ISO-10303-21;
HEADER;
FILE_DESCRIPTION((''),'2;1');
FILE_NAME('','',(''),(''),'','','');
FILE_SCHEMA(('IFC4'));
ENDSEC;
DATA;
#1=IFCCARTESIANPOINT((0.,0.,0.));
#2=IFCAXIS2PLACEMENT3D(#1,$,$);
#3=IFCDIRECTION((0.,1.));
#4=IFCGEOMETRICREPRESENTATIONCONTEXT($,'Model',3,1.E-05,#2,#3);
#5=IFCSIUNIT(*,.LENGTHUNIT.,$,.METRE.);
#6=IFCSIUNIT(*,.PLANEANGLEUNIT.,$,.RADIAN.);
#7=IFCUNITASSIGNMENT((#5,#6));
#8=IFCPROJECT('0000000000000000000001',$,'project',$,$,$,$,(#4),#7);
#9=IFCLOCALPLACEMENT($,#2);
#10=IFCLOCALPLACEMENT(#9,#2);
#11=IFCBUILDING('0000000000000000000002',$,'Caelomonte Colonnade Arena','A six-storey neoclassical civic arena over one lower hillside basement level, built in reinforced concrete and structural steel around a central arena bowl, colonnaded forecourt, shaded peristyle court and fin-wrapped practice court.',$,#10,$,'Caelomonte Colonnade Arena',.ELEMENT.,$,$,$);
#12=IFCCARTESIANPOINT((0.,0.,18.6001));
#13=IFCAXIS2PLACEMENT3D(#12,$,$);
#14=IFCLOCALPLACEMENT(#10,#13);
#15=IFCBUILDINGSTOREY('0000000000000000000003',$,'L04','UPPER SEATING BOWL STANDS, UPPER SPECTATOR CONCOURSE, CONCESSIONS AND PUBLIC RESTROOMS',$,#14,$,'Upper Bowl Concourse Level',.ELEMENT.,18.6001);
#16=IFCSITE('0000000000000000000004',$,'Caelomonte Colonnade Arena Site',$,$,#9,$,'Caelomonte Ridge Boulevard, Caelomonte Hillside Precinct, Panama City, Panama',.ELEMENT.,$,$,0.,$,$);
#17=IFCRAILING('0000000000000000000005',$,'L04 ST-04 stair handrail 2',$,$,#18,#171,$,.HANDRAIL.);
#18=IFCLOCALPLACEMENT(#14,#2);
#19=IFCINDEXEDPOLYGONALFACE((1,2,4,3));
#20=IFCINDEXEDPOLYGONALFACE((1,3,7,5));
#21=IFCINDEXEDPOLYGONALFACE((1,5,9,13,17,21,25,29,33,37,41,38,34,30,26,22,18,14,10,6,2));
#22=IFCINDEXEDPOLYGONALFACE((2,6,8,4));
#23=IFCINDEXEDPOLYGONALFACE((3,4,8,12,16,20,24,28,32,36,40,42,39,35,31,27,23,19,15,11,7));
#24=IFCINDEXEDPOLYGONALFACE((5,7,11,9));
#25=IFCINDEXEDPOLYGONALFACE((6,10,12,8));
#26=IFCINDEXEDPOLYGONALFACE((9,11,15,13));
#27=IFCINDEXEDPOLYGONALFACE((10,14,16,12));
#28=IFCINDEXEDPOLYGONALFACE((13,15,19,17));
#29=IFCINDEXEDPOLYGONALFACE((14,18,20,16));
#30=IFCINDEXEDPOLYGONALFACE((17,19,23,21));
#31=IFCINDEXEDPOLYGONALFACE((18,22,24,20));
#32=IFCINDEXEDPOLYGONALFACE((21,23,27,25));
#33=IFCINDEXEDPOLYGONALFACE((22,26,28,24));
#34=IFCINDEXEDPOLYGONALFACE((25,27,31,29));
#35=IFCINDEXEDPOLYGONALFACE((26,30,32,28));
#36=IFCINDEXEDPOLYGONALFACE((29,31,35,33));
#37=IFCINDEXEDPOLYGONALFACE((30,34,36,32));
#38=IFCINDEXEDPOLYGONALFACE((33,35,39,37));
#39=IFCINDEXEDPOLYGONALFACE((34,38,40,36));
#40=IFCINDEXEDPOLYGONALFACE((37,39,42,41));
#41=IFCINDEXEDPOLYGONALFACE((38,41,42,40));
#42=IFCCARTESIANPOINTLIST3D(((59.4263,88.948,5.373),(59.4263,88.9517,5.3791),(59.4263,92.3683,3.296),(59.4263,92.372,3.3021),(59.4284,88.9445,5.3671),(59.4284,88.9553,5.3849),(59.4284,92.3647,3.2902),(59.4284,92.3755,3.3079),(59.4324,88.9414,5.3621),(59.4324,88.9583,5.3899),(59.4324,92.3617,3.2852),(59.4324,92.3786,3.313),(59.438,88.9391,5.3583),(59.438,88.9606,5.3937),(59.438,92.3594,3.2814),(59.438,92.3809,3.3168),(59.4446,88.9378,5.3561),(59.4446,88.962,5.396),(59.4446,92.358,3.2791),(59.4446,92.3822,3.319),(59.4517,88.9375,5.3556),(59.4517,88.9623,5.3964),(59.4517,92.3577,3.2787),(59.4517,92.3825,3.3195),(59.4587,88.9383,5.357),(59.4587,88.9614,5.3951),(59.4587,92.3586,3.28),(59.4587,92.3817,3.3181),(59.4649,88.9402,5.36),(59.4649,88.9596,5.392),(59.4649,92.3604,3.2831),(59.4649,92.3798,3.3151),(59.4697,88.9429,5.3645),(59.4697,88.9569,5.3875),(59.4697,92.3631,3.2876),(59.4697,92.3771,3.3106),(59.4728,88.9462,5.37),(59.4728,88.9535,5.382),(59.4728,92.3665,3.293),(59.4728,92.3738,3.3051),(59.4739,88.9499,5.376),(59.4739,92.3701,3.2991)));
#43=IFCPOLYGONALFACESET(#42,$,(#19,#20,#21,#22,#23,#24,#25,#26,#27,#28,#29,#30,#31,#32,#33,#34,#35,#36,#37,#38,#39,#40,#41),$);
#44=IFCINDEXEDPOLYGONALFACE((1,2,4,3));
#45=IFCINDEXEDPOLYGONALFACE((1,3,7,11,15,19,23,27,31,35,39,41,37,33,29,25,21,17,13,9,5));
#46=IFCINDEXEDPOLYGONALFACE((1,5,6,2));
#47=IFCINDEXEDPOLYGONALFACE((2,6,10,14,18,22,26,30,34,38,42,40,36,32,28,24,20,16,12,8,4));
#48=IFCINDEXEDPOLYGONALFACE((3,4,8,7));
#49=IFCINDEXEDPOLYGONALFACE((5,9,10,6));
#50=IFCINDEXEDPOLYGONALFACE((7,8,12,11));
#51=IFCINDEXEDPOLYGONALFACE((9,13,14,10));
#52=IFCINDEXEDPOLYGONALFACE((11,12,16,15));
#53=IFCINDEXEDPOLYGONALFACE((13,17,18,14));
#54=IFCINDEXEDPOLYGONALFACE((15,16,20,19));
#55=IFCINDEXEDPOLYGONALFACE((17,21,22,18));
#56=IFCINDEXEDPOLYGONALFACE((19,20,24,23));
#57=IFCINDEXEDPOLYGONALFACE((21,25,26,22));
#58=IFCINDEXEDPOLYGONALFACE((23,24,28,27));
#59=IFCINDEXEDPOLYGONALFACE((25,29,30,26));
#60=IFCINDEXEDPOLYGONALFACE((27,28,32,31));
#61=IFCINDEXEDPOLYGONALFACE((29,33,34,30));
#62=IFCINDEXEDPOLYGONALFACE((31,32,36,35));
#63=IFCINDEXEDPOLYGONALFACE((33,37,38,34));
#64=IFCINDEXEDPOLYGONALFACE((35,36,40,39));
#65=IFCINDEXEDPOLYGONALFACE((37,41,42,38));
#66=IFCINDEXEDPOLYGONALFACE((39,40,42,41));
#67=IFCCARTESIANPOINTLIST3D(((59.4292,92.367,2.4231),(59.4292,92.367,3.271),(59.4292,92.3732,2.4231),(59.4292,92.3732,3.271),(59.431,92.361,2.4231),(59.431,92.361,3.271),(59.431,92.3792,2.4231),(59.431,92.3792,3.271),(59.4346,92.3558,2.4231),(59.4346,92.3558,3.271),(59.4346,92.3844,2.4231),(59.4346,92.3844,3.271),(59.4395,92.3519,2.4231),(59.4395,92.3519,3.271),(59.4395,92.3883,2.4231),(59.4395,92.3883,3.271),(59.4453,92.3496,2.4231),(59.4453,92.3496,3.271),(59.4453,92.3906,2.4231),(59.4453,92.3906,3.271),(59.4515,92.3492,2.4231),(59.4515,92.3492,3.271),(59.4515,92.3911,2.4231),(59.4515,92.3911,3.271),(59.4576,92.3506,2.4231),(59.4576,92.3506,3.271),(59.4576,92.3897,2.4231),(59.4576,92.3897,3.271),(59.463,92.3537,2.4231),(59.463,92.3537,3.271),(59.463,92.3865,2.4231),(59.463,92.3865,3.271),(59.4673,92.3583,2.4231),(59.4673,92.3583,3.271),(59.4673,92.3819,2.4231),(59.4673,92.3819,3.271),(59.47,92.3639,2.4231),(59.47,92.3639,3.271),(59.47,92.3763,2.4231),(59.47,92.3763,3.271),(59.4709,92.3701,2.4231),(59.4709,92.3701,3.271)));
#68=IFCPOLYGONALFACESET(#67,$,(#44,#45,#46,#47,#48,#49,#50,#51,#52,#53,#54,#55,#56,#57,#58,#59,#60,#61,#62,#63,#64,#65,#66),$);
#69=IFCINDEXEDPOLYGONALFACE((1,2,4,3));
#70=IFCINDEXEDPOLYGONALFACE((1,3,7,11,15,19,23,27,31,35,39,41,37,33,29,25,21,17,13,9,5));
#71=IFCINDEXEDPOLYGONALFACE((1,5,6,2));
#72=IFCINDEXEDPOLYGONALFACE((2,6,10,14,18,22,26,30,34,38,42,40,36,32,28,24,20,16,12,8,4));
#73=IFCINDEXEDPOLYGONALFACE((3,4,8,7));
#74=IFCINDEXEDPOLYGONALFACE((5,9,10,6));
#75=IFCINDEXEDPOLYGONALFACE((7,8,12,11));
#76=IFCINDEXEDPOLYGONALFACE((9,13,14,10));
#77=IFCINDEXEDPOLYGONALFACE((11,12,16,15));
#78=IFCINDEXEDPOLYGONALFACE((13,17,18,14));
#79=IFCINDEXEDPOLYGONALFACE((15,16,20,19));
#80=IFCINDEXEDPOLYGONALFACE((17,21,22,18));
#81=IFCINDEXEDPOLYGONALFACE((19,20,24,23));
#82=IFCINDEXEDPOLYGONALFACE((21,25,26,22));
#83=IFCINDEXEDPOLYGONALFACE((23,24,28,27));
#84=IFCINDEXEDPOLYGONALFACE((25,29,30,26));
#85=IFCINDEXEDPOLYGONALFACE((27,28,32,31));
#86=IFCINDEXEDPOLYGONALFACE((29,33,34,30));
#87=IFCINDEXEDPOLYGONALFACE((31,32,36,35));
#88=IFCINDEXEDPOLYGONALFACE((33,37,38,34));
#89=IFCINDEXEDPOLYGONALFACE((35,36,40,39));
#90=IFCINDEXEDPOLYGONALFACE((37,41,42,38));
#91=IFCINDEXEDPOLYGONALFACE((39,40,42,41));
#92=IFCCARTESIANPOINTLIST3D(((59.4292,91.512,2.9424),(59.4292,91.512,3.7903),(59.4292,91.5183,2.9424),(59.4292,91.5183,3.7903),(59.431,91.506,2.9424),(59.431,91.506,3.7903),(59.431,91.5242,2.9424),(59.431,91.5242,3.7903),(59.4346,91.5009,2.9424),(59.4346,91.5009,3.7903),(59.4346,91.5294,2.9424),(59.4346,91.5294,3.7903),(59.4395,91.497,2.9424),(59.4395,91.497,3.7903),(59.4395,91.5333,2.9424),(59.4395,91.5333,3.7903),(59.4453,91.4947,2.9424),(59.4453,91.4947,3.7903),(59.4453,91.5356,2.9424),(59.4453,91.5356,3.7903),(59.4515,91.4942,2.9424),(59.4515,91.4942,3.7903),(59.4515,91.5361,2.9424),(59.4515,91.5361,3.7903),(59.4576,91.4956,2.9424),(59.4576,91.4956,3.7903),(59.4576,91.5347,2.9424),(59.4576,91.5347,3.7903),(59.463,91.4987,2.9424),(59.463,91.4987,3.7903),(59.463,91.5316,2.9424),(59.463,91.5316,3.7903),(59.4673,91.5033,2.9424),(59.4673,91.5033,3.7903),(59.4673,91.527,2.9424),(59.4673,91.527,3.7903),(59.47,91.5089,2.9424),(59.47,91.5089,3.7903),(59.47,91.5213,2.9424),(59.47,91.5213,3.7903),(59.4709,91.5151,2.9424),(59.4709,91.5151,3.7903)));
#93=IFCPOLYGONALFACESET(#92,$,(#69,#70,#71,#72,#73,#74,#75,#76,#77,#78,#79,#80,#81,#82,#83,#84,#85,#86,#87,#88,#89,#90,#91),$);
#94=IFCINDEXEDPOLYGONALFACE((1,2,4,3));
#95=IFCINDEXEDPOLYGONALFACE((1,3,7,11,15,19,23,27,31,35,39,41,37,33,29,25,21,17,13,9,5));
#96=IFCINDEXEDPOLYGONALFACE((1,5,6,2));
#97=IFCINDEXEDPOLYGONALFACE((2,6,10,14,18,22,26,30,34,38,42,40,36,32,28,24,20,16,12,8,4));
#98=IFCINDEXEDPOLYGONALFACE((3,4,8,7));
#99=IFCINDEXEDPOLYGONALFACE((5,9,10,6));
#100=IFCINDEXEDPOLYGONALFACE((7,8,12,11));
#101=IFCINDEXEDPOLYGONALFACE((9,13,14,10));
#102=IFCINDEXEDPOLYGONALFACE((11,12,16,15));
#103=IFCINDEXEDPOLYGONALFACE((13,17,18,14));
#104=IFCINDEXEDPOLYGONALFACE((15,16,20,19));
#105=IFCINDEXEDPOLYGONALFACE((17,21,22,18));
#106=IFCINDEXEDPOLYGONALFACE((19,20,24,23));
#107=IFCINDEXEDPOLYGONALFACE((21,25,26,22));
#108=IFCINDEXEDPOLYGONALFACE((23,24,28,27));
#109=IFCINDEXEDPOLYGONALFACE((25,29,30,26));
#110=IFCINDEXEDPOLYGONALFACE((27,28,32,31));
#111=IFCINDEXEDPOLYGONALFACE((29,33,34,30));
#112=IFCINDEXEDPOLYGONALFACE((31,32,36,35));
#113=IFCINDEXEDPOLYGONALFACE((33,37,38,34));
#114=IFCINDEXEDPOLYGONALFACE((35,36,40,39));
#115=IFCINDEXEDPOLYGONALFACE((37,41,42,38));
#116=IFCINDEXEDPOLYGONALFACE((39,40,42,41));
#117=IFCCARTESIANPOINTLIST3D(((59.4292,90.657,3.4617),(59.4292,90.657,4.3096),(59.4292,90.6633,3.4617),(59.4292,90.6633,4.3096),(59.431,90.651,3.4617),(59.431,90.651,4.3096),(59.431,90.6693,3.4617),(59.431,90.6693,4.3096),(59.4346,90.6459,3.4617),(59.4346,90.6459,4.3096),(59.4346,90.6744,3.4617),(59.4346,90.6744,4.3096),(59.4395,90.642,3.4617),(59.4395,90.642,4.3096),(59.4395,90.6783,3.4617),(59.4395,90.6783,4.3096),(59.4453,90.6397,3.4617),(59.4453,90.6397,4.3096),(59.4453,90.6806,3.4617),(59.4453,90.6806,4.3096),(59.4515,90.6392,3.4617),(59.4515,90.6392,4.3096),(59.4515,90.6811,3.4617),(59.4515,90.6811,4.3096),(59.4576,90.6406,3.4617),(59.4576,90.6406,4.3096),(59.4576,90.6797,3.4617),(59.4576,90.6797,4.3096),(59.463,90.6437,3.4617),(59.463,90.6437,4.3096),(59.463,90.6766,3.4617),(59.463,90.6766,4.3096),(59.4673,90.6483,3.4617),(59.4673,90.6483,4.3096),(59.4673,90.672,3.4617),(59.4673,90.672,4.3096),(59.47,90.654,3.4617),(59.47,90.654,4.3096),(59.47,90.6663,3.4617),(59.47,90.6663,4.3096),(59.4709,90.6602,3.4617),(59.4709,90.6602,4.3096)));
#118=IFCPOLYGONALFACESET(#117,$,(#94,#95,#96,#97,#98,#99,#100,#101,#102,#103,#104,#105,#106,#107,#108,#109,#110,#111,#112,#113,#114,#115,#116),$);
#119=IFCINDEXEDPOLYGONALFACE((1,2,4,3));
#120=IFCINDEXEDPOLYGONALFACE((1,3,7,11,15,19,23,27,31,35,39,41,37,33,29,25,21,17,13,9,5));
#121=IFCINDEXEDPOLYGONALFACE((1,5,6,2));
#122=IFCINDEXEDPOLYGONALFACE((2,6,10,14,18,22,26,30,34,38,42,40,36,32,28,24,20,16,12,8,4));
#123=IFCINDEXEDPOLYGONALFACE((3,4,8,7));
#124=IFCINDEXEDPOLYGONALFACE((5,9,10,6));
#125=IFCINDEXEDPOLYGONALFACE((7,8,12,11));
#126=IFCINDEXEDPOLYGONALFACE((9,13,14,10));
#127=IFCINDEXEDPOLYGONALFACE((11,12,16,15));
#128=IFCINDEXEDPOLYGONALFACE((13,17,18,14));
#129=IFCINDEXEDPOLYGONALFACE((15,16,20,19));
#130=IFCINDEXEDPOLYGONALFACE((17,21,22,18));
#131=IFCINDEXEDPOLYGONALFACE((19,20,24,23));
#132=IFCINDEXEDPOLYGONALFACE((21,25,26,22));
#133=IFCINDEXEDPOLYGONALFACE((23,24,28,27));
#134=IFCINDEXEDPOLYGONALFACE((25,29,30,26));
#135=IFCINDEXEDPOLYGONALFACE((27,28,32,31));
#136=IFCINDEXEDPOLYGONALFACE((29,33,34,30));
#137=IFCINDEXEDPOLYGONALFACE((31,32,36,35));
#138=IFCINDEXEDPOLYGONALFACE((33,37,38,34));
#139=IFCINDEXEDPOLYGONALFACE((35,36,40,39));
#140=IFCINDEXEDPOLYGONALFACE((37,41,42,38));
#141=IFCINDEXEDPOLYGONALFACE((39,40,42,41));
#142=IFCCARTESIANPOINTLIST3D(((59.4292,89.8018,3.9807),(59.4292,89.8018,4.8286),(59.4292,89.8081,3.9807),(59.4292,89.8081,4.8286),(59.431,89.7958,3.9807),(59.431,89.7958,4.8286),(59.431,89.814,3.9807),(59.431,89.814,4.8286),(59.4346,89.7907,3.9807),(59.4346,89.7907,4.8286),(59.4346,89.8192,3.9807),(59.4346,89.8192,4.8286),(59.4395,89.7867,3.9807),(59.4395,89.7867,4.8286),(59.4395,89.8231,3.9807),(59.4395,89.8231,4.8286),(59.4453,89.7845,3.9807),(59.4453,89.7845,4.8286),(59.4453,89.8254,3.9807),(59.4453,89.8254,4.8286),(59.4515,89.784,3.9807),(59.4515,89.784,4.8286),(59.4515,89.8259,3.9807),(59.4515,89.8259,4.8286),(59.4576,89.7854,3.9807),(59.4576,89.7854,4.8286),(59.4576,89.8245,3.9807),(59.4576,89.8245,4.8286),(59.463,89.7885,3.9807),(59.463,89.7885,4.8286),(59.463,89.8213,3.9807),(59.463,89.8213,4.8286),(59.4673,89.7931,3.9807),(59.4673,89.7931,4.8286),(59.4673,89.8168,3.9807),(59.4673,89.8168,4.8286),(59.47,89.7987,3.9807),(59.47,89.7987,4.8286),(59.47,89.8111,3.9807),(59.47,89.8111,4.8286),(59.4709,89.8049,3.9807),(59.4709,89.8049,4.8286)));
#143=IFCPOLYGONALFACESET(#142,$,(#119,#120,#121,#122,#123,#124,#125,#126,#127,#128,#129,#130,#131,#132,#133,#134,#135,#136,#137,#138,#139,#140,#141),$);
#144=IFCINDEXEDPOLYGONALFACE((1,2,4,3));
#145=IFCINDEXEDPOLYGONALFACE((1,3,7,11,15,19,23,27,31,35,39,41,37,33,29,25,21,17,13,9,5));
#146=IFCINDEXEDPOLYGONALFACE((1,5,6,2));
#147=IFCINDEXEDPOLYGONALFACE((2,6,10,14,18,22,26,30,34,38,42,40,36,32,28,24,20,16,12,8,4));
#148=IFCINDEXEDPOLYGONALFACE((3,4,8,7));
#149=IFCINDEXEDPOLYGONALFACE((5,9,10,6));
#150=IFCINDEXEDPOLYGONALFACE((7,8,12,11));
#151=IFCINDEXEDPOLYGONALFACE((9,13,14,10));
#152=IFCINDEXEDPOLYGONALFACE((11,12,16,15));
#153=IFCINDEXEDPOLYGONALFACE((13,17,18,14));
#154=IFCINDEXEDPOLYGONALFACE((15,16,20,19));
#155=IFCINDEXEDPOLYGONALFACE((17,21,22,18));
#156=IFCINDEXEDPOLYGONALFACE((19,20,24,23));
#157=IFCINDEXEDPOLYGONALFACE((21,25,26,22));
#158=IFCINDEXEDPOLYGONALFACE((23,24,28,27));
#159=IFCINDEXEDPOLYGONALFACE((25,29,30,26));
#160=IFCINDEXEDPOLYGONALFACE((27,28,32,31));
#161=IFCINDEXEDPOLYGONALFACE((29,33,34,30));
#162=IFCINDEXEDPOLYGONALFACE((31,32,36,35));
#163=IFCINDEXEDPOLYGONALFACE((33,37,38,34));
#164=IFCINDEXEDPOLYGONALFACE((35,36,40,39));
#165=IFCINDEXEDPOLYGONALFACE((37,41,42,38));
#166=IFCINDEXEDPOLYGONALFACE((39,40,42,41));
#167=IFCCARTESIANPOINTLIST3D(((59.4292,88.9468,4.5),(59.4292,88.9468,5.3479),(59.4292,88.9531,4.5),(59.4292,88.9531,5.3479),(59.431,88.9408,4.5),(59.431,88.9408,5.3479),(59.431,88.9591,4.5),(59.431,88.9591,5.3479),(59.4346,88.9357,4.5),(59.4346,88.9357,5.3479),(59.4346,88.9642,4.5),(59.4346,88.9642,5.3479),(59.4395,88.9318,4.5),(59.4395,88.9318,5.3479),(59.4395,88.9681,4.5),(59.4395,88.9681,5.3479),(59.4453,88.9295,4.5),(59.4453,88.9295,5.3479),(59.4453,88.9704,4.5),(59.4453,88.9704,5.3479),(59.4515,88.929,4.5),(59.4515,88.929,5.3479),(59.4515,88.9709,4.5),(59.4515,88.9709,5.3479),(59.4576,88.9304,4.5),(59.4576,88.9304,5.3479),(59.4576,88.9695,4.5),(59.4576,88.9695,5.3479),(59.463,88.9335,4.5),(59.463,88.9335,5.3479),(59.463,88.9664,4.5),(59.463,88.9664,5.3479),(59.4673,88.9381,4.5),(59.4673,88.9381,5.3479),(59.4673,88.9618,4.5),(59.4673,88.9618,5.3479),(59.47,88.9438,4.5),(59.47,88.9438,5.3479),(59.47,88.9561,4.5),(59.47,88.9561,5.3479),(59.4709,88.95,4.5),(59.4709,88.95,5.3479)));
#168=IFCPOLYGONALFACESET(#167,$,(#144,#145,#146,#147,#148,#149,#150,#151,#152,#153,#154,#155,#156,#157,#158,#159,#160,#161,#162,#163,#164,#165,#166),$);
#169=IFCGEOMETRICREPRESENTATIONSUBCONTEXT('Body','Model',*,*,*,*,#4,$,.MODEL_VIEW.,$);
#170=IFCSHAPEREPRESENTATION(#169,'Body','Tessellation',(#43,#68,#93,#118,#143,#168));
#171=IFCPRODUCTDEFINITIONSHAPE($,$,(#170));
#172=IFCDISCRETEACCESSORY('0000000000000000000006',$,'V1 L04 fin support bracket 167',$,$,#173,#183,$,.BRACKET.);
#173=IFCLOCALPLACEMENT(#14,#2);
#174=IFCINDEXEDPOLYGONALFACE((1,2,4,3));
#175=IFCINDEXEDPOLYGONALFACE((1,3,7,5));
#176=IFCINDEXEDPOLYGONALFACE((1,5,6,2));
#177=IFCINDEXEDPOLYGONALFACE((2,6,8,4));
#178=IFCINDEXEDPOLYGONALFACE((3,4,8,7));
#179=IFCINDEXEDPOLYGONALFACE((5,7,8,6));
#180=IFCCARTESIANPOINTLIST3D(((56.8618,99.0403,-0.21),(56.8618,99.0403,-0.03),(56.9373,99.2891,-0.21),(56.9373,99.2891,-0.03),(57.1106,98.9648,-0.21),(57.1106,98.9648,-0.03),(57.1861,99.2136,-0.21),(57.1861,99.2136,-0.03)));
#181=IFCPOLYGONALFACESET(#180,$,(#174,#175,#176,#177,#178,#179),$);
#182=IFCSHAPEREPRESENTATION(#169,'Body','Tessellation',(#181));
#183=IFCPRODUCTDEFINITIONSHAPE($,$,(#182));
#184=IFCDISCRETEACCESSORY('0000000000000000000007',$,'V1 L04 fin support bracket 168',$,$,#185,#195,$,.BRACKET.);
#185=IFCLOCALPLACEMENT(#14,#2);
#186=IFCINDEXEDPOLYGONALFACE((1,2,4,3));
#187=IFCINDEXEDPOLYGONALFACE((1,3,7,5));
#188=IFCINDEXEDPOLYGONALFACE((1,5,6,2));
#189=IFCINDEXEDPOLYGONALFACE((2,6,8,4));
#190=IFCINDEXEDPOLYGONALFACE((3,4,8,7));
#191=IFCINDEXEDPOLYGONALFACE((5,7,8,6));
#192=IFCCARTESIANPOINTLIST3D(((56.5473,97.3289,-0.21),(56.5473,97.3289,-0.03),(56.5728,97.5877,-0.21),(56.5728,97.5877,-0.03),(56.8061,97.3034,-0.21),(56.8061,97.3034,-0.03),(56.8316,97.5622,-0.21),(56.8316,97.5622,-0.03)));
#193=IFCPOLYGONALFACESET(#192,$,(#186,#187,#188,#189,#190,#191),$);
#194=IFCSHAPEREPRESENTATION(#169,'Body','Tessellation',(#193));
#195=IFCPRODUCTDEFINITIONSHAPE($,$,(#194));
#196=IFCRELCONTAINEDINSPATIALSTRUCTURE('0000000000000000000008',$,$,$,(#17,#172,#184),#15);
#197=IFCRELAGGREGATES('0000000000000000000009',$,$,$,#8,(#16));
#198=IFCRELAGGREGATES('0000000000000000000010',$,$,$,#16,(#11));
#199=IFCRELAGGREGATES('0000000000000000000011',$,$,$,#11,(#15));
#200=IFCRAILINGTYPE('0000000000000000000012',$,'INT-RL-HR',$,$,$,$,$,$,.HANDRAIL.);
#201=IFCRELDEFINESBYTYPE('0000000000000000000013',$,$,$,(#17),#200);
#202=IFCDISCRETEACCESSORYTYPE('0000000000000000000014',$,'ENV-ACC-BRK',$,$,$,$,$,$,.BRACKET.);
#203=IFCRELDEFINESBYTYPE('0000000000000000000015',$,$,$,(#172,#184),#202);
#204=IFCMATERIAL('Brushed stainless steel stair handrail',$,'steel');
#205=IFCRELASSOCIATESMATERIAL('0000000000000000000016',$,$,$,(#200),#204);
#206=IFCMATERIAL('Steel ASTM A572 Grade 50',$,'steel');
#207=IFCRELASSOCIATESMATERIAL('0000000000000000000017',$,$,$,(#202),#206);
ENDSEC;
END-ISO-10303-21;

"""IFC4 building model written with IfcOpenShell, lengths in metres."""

from ifc_helpers import new_model, si_unit, direction, frame, origin, origin_2d, place, context, subcontext, project, spatial, rectangle, circle, extrude, material, type_object, element, save


model = new_model("IFC4")

# Units and contexts
model_context = context("Model", 3, precision=1e-05, world=origin(), true_north=direction((0.0, 1.0)))
body_context = subcontext(model_context, "Body", "Model", "MODEL_VIEW")
ifc_project = project(units=[si_unit("LENGTHUNIT", "METRE"), si_unit("PLANEANGLEUNIT", "RADIAN")], contexts=[model_context])

# Site, building, storey
site_placement = place(None, origin())
site = spatial("IfcSite", under=ifc_project, at=site_placement, Name="Caelomonte Colonnade Arena Site", LongName="Caelomonte Ridge Boulevard, Caelomonte Hillside Precinct, Panama City, Panama", CompositionType="ELEMENT", RefElevation=0.0)
building_placement = place(site_placement, origin())
building = spatial("IfcBuilding", under=site, at=building_placement, Name="Caelomonte Colonnade Arena", Description="A six-storey neoclassical civic arena over one lower hillside basement level, built in reinforced concrete and structural steel around a central arena bowl, colonnaded forecourt, shaded peristyle court and fin-wrapped practice court.", LongName="Caelomonte Colonnade Arena", CompositionType="ELEMENT")
storey_placement = place(building_placement, frame((0.0, 0.0, 18.6001)))
storey = spatial("IfcBuildingStorey", under=building, at=storey_placement, Name="L04", Description="UPPER SEATING BOWL STANDS, UPPER SPECTATOR CONCOURSE, CONCESSIONS AND PUBLIC RESTROOMS", LongName="Upper Bowl Concourse Level", CompositionType="ELEMENT", Elevation=18.6001)

# Railing
ifc_material_1 = material(Name="Brushed stainless steel stair handrail", Category="steel")
railing_type = type_object("IfcRailingType", Name="INT-RL-HR", PredefinedType="HANDRAIL", material=ifc_material_1)
railing_placement = place(storey_placement, frame((59.45, 92.3701, 2.4231)))
element("IfcRailing", 1, at=railing_placement, inside=storey, type_object=railing_type, Name="L04 ST-04 stair handrail 2", PredefinedType="HANDRAIL", context=body_context, shape_type="SweptSolid", body=[
    extrude(circle(Radius=0.0239, at=origin_2d()), frame((0.0, 0.0, 0.876), z_axis=(0.0, -0.854746, 0.519047), x_axis=(1.0, 0.0, 0.0)), (0.0, 0.0, 1.0), 4.0015),
    extrude(circle(Radius=0.021, at=origin_2d()), origin(), (0.0, 0.0, 1.0), 0.8479),
    extrude(circle(Radius=0.021, at=origin_2d()), frame((0.0, -0.855, 0.5193)), (0.0, 0.0, 1.0), 0.8479),
    extrude(circle(Radius=0.021, at=origin_2d()), frame((0.0, -1.71, 1.0386)), (0.0, 0.0, 1.0), 0.8479),
    extrude(circle(Radius=0.021, at=origin_2d()), frame((0.0, -2.5652, 1.5576)), (0.0, 0.0, 1.0), 0.8479),
    extrude(circle(Radius=0.021, at=origin_2d()), frame((0.0, -3.4202, 2.0769)), (0.0, 0.0, 1.0), 0.8479),
])

# Discrete accessories
ifc_material_2 = material(Name="Steel ASTM A572 Grade 50", Category="steel")
discrete_accessory_type = type_object("IfcDiscreteAccessoryType", Name="ENV-ACC-BRK", PredefinedType="BRACKET", material=ifc_material_2)
for number, where, z_axis, x_axis, name in (
    (2, (57.0239, 99.127, -0.21), (0.0, 0.0, 1.0), (-0.290276, -0.956943, 0.0), "V1 L04 fin support bracket 167"),
    (3, (56.6895, 97.4456, -0.21), (0.0, 0.0, 1.0), (-0.098015, -0.995185, 0.0), "V1 L04 fin support bracket 168"),
):
    element("IfcDiscreteAccessory", number, at=place(storey_placement, frame(where, z_axis=z_axis, x_axis=x_axis)), inside=storey, type_object=discrete_accessory_type, Name=name, PredefinedType="BRACKET", context=body_context, shape_type="SweptSolid", body=[
        extrude(rectangle(XDim=0.26, YDim=0.26, at=origin_2d()), origin(), (0.0, 0.0, 1.0), 0.1799),
    ])

save(model, "model.ifc")
